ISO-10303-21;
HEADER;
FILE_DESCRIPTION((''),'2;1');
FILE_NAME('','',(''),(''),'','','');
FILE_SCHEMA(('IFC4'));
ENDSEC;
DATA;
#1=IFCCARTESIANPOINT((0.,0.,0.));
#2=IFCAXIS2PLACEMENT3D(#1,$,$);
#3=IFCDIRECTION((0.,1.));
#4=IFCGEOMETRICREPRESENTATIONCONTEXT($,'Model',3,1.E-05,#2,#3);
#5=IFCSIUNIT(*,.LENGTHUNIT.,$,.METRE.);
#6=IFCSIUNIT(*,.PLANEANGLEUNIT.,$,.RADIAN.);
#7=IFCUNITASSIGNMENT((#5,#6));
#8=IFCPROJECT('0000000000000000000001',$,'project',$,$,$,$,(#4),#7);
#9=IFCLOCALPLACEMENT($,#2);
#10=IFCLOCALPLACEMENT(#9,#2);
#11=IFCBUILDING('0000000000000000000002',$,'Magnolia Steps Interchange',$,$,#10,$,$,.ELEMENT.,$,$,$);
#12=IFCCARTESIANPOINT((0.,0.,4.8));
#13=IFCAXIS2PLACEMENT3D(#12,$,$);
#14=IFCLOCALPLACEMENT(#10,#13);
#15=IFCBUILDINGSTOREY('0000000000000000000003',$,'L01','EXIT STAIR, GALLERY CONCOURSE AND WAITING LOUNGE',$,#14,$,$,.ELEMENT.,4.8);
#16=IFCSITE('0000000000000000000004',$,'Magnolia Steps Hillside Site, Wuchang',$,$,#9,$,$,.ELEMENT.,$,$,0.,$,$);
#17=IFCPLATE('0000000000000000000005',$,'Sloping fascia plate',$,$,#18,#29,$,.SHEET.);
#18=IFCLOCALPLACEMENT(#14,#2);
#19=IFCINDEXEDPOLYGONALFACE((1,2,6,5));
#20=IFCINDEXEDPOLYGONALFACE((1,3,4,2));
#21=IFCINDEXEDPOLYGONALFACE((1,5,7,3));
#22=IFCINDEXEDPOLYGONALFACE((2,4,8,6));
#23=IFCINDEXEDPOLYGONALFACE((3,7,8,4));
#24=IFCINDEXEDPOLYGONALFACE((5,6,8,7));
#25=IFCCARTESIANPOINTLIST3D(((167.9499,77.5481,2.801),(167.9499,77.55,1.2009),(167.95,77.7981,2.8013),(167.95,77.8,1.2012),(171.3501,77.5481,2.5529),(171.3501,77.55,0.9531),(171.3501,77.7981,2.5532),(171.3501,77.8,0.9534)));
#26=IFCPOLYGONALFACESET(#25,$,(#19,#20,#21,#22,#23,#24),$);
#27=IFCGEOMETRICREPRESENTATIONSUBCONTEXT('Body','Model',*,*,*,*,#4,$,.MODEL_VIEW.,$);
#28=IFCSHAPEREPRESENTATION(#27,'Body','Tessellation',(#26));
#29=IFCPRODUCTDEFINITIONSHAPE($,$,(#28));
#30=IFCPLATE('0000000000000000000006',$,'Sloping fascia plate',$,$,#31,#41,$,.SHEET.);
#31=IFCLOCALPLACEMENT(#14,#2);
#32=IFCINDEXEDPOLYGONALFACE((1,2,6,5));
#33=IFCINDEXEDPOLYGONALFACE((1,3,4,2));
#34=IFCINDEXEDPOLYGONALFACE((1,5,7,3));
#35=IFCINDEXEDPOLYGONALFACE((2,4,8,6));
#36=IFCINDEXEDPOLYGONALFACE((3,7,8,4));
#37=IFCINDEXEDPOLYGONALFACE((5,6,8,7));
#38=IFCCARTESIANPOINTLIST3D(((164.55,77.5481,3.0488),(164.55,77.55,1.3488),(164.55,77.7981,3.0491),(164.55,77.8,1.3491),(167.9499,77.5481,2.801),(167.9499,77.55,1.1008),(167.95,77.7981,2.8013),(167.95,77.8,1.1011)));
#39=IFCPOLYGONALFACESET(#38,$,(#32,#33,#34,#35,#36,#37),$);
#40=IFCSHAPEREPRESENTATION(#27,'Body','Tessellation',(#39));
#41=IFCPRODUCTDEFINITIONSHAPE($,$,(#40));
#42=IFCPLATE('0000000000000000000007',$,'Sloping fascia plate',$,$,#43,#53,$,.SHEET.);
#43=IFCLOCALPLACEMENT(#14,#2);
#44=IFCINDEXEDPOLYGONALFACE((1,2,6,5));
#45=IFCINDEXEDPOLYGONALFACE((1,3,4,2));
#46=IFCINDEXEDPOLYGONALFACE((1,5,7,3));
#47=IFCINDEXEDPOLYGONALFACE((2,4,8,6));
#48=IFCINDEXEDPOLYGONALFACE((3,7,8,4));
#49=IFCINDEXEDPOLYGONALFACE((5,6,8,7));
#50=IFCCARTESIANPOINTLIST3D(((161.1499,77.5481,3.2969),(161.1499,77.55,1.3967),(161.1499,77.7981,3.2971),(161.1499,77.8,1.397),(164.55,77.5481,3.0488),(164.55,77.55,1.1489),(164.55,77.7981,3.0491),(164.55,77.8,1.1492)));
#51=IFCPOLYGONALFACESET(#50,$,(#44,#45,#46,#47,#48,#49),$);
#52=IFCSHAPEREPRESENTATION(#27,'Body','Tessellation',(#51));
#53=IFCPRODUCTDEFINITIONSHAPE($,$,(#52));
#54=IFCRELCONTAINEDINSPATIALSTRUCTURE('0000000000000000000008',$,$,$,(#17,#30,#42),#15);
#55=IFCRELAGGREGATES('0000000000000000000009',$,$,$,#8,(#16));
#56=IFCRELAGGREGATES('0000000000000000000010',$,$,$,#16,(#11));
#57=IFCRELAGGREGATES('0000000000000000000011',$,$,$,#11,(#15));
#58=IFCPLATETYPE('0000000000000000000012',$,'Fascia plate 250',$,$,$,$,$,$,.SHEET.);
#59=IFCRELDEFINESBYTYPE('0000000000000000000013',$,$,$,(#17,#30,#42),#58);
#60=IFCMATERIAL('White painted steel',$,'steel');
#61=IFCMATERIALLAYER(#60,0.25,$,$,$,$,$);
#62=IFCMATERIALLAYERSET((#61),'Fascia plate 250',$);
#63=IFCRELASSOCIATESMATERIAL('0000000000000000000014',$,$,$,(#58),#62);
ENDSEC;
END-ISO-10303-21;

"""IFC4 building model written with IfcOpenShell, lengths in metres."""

from ifc_helpers import new_model, si_unit, direction, frame, origin, place, context, subcontext, project, spatial, polyline, outline, extrude, material, layer, layer_set, type_object, element, save


model = new_model("IFC4")

# Units and contexts
model_context = context("Model", 3, precision=1e-05, world=origin(), true_north=direction((0.0, 1.0)))
body_context = subcontext(model_context, "Body", "Model", "MODEL_VIEW")
ifc_project = project(units=[si_unit("LENGTHUNIT", "METRE"), si_unit("PLANEANGLEUNIT", "RADIAN")], contexts=[model_context])

# Site, building, storey
site_placement = place(None, origin())
site = spatial("IfcSite", under=ifc_project, at=site_placement, Name="Magnolia Steps Hillside Site, Wuchang", CompositionType="ELEMENT", RefElevation=0.0)
building_placement = place(site_placement, origin())
building = spatial("IfcBuilding", under=site, at=building_placement, Name="Magnolia Steps Interchange", CompositionType="ELEMENT")
storey_placement = place(building_placement, frame((0.0, 0.0, 4.8)))
storey = spatial("IfcBuildingStorey", under=building, at=storey_placement, Name="L01", Description="EXIT STAIR, GALLERY CONCOURSE AND WAITING LOUNGE", CompositionType="ELEMENT", Elevation=4.8)

# Plates
ifc_material_1 = material(Name="White painted steel", Category="steel")
ifc_layer = layer(ifc_material_1, 0.25)
ifc_layer_set = layer_set([ifc_layer], Name="Fascia plate 250")
plate_type_1 = type_object("IfcPlateType", Name="Fascia plate 250", PredefinedType="SHEET", material=ifc_layer_set)
plate_1_placement = place(storey_placement, frame((171.3501, 77.8, 0.9534), z_axis=(0.000089, 0.999999, 0.001221), x_axis=(-0.997355, 0.0, 0.072687)))
element("IfcPlate", 1, at=plate_1_placement, inside=storey, type_object=plate_type_1, Name="Sloping fascia plate", PredefinedType="SHEET", context=body_context, shape_type="SweptSolid", body=[
    extrude(outline(polyline([(0.0, 0.0), (3.4092, 0.0), (3.5255, 1.5959), (0.1163, 1.5956), (0.0, 0.0)])), origin(), (0.0, 0.0, -1.0), 0.25),
])
plate_2_placement = place(storey_placement, frame((167.95, 77.8, 1.1011), z_axis=(0.000084, 0.999999, 0.001149), x_axis=(-0.997349, 0.0, 0.072764)))
element("IfcPlate", 2, at=plate_2_placement, inside=storey, type_object=plate_type_1, Name="Sloping fascia plate", PredefinedType="SHEET", context=body_context, shape_type="SweptSolid", body=[
    extrude(outline(polyline([(0.0, 0.0), (3.4089, 0.0), (3.5326, 1.6954), (0.1237, 1.6957), (0.0, 0.0)])), origin(), (0.0, 0.0, -1.0), 0.25),
])
plate_3_placement = place(storey_placement, frame((164.55, 77.8, 1.1492), z_axis=(0.000075, 0.999999, 0.001028), x_axis=(-0.997355, 0.0, 0.072687)))
element("IfcPlate", 3, at=plate_3_placement, inside=storey, type_object=plate_type_1, Name="Sloping fascia plate", PredefinedType="SHEET", context=body_context, shape_type="SweptSolid", body=[
    extrude(outline(polyline([(0.0, 0.0), (3.4092, 0.0), (3.5473, 1.8951), (0.1381, 1.8949), (0.0, 0.0)])), origin(), (0.0, 0.0, -1.0), 0.25),
])

save(model, "model.ifc")
